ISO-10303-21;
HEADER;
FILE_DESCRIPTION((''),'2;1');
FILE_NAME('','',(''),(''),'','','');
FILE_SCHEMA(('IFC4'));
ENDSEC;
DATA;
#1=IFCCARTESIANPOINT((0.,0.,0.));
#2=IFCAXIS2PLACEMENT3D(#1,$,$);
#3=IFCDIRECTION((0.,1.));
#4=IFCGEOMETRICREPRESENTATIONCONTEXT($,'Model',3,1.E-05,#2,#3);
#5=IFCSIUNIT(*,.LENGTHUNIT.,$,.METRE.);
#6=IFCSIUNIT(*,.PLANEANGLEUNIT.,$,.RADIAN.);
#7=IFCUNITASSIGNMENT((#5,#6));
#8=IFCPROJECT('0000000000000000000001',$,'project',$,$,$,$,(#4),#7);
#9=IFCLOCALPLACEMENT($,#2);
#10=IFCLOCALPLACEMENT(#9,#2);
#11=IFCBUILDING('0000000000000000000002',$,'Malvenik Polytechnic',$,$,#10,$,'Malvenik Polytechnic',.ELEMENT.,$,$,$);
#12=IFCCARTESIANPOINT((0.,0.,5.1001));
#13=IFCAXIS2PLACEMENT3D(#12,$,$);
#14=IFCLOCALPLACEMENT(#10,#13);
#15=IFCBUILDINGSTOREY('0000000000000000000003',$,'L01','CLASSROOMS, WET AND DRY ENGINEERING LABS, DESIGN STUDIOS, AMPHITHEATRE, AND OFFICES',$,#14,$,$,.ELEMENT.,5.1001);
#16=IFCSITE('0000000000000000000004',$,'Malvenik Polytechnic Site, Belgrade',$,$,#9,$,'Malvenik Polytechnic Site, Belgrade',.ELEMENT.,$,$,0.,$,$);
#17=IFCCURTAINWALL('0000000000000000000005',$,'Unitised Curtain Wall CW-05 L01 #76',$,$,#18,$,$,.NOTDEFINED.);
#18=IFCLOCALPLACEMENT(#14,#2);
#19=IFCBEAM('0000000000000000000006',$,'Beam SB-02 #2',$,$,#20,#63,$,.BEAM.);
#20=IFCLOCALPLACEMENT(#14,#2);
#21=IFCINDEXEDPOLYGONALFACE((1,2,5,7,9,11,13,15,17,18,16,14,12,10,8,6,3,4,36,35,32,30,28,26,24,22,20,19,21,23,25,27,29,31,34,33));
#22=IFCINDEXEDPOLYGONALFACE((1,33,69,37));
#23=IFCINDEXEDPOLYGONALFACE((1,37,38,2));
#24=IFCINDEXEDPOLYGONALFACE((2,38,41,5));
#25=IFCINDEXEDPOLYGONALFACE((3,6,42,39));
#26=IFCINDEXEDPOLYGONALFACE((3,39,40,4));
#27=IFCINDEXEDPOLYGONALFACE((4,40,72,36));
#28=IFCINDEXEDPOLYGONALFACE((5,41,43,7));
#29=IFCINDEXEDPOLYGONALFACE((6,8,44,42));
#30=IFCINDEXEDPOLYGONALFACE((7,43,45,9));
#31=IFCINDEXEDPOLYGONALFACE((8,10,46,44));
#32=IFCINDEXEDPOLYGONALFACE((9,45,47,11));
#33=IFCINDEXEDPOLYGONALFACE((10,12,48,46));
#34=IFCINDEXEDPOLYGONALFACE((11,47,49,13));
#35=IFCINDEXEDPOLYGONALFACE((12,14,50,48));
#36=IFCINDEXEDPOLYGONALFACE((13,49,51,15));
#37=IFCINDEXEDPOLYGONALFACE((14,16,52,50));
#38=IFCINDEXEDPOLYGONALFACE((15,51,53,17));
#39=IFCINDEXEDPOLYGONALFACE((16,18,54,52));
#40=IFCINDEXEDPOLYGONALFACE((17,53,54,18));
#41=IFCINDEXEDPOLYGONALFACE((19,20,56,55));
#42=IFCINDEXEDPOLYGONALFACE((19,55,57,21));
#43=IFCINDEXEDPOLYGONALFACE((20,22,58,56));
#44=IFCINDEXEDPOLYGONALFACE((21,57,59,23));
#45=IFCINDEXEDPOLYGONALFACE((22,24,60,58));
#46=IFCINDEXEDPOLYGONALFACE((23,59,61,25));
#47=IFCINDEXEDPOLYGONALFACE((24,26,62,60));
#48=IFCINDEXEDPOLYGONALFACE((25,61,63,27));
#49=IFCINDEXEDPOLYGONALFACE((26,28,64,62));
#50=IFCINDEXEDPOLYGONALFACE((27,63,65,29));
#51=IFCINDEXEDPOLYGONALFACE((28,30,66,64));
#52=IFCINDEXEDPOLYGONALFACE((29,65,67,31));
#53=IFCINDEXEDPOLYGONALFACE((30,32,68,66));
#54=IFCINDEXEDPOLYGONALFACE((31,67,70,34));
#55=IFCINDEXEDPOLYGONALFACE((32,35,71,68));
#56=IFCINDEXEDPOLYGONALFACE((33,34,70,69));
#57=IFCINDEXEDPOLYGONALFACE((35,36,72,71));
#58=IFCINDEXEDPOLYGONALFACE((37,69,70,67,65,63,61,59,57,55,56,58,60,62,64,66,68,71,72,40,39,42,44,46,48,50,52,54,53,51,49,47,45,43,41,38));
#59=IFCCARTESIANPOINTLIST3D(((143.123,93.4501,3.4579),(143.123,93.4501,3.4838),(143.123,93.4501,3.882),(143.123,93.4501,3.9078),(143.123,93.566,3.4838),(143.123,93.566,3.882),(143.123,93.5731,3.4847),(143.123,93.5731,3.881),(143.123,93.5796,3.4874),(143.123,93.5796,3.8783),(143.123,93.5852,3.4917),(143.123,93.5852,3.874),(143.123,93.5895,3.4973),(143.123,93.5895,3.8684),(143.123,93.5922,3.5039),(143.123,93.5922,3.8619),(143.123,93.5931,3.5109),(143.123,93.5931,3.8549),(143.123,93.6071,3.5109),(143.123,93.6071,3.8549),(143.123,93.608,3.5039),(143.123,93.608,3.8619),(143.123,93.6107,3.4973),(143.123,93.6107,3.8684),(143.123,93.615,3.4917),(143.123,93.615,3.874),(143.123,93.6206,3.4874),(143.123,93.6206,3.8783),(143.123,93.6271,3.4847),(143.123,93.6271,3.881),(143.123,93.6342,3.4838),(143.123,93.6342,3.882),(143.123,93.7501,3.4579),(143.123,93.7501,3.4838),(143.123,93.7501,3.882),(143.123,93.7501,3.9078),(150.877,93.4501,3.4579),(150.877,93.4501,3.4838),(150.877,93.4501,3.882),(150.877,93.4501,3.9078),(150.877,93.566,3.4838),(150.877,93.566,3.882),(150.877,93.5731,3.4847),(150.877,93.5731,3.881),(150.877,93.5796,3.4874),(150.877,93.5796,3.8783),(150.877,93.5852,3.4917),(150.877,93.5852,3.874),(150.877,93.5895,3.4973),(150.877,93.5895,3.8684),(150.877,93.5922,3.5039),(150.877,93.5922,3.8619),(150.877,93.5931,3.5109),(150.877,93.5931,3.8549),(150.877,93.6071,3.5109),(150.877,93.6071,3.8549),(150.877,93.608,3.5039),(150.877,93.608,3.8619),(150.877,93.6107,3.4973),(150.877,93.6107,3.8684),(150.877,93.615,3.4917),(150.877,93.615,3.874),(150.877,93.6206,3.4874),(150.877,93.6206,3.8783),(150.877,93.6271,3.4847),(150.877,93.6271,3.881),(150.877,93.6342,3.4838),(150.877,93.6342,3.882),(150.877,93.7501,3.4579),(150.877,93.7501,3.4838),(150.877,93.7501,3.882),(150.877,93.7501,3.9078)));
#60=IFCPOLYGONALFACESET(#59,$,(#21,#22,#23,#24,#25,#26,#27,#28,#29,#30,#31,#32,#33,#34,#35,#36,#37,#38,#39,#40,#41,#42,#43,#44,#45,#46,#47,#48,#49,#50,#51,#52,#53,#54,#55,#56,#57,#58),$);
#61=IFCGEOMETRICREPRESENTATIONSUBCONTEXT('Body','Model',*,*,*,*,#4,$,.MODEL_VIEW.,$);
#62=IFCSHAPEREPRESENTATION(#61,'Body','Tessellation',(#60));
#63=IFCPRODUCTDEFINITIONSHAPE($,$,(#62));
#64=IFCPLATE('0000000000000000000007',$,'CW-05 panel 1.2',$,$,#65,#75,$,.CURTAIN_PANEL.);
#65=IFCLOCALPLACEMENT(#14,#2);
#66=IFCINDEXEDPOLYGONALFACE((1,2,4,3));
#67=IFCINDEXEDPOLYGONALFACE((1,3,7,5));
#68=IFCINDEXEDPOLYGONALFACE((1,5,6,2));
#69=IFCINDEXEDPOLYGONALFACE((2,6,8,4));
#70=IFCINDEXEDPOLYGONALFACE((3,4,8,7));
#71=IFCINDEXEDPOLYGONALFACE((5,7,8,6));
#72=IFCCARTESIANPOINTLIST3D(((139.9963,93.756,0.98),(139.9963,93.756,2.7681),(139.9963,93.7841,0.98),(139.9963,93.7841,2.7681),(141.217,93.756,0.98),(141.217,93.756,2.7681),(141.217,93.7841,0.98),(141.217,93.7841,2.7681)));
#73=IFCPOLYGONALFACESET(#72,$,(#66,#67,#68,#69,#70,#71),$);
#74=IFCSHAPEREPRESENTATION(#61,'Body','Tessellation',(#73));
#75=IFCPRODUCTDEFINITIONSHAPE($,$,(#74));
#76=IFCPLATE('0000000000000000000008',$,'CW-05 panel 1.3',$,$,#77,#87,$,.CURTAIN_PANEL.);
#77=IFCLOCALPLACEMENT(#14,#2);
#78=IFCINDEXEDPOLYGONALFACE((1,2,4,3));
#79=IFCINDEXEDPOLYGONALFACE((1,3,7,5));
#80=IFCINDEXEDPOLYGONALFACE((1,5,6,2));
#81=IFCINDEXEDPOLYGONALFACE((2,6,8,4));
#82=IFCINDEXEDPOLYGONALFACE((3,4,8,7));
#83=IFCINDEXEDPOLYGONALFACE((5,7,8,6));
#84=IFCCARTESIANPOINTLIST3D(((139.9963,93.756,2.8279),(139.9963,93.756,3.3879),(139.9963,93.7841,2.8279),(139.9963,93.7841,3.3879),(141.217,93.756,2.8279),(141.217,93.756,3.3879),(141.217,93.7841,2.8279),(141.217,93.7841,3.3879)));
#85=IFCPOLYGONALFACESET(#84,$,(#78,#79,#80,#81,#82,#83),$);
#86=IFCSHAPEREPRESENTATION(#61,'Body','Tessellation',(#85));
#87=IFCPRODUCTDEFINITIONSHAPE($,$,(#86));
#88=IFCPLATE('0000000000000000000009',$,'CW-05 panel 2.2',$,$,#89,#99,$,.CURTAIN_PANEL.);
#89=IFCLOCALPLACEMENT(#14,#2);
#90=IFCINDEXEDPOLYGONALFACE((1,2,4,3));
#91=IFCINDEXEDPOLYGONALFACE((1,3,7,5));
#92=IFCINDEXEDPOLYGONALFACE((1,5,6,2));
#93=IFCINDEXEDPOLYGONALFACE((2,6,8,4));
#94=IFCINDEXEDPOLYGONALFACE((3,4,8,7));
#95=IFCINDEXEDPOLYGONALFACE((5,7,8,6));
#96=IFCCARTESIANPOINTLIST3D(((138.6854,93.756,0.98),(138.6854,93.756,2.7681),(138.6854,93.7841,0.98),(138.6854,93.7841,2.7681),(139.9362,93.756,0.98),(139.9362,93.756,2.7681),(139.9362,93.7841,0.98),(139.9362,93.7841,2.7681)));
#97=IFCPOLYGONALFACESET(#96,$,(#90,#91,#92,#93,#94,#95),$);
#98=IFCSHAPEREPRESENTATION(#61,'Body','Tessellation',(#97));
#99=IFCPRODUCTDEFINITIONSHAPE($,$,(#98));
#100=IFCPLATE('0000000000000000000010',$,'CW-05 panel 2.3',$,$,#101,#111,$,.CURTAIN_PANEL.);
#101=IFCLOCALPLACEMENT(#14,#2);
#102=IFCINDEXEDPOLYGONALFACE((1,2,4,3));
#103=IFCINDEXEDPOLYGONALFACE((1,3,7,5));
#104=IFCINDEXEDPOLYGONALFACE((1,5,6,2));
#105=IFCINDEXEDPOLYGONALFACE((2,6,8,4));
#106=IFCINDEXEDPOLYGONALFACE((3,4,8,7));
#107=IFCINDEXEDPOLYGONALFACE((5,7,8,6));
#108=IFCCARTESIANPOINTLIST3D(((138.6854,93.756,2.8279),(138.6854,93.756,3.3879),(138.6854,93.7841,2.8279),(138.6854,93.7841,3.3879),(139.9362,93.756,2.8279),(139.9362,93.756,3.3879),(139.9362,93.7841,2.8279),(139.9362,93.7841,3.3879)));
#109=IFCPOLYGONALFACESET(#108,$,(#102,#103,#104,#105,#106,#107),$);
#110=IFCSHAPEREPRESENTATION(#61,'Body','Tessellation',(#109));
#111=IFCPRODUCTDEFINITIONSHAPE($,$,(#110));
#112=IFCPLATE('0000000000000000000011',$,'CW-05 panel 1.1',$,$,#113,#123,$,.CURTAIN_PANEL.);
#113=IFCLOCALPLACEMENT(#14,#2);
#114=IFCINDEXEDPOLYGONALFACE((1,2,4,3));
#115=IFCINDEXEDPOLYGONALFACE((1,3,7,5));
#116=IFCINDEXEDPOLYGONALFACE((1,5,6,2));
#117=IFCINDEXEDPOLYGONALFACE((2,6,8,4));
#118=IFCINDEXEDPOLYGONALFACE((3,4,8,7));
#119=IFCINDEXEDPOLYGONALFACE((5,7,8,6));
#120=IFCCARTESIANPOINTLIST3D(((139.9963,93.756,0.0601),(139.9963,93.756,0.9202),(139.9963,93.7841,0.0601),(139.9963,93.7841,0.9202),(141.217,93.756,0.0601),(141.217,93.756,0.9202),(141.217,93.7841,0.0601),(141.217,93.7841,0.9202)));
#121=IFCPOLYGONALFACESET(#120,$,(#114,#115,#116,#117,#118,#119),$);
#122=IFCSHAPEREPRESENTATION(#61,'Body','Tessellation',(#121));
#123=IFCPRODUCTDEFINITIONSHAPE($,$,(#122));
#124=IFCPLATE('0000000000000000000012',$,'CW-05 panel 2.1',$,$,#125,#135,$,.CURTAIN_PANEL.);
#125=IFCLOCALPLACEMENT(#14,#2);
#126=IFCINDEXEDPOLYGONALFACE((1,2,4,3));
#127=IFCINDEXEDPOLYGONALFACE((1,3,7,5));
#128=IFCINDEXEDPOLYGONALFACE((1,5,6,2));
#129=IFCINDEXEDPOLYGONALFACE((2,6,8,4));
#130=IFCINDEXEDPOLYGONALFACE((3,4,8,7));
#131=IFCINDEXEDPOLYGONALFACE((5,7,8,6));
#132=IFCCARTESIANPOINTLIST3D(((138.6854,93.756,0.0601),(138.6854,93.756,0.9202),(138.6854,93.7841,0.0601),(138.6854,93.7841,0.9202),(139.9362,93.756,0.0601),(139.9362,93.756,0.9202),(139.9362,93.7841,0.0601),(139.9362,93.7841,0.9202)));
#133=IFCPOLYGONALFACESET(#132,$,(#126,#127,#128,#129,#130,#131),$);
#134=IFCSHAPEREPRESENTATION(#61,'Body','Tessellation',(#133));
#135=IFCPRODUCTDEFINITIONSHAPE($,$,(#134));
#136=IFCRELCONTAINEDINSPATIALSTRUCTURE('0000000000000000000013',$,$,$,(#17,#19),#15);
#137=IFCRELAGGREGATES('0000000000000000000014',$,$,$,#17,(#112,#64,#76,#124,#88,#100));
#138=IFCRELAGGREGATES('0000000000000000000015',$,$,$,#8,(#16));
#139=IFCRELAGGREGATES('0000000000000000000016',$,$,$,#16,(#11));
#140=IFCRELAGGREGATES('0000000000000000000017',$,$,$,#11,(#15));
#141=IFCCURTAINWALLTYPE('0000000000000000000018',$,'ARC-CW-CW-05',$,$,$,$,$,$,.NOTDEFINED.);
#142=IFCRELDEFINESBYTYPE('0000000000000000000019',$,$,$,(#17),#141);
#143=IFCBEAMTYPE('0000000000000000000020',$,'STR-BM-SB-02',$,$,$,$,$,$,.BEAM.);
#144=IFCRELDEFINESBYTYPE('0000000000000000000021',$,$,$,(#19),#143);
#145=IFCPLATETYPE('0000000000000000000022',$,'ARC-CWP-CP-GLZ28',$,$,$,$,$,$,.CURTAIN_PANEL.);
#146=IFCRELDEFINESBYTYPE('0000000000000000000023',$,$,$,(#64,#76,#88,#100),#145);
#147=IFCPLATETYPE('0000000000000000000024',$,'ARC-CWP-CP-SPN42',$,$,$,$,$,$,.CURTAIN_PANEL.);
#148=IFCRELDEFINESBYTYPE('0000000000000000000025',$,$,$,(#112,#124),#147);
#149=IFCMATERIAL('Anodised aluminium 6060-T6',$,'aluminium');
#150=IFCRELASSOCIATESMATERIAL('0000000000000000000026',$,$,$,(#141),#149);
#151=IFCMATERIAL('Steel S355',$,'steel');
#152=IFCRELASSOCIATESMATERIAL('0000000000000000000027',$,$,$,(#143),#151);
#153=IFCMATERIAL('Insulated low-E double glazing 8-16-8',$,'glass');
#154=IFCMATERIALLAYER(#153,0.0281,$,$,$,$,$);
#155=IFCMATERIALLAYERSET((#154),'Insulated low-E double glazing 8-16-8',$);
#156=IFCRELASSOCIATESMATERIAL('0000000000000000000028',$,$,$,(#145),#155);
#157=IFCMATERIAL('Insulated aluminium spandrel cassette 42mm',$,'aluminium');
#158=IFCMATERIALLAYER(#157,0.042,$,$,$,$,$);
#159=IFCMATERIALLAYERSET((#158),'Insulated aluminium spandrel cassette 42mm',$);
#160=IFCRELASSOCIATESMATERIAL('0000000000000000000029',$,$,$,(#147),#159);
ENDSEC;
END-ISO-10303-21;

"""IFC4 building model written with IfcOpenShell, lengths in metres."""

from ifc_helpers import new_model, si_unit, direction, frame, origin, origin_2d, place, context, subcontext, project, spatial, rectangle, i_section, extrude, material, layer, layer_set, material_profile, profile_set, type_object, element, aggregate, save


model = new_model("IFC4")

# Units and contexts
model_context = context("Model", 3, precision=1e-05, world=origin(), true_north=direction((0.0, 1.0)))
body_context = subcontext(model_context, "Body", "Model", "MODEL_VIEW")
ifc_project = project(units=[si_unit("LENGTHUNIT", "METRE"), si_unit("PLANEANGLEUNIT", "RADIAN")], contexts=[model_context])

# Site, building, storey
site_placement = place(None, origin())
site = spatial("IfcSite", under=ifc_project, at=site_placement, Name="Malvenik Polytechnic Site, Belgrade", LongName="Malvenik Polytechnic Site, Belgrade", CompositionType="ELEMENT", RefElevation=0.0)
building_placement = place(site_placement, origin())
building = spatial("IfcBuilding", under=site, at=building_placement, Name="Malvenik Polytechnic", LongName="Malvenik Polytechnic", CompositionType="ELEMENT")
storey_placement = place(building_placement, frame((0.0, 0.0, 5.1001)))
storey = spatial("IfcBuildingStorey", under=building, at=storey_placement, Name="L01", Description="CLASSROOMS, WET AND DRY ENGINEERING LABS, DESIGN STUDIOS, AMPHITHEATRE, AND OFFICES", CompositionType="ELEMENT", Elevation=5.1001)

# Curtain wall
ifc_material_1 = material(Name="Anodised aluminium 6060-T6", Category="aluminium")
curtain_wall_type = type_object("IfcCurtainWallType", Name="ARC-CW-CW-05", PredefinedType="NOTDEFINED", material=ifc_material_1)
curtain_wall_placement = place(storey_placement, origin())
curtain_wall = element("IfcCurtainWall", 1, at=curtain_wall_placement, inside=storey, type_object=curtain_wall_type, Name="Unitised Curtain Wall CW-05 L01 #76", PredefinedType="NOTDEFINED")

# Beam
ifc_material_2 = material(Name="Steel S355", Category="steel")
ifc_material_profile_1 = material_profile(ifc_material_2, i_section(OverallWidth=0.3, OverallDepth=0.45, WebThickness=0.0139, FlangeThickness=0.0259, FilletRadius=0.0271, at=origin_2d()), Name="HEB 450")
ifc_profile_set_1 = profile_set([ifc_material_profile_1], Name="Steel S355")
beam_type = type_object("IfcBeamType", Name="STR-BM-SB-02", PredefinedType="BEAM", material=ifc_profile_set_1)
beam_placement = place(storey_placement, frame((143.123, 93.6001, 3.6829), z_axis=(1.0, 0.0, 0.0), x_axis=(0.0, 1.0, 0.0)))
element("IfcBeam", 2, at=beam_placement, inside=storey, type_object=beam_type, Name="Beam SB-02 #2", PredefinedType="BEAM", context=body_context, shape_type="SweptSolid", body=[
    extrude(i_section(OverallWidth=0.3, OverallDepth=0.45, WebThickness=0.0139, FlangeThickness=0.0259, FilletRadius=0.0271, at=origin_2d()), origin(), (0.0, 0.0, 1.0), 7.7539),
])

# Plates
ifc_material_3 = material(Name="Insulated low-E double glazing 8-16-8", Category="glass")
ifc_layer_1 = layer(ifc_material_3, 0.0281)
ifc_layer_set_1 = layer_set([ifc_layer_1], Name="Insulated low-E double glazing 8-16-8")
plate_type_1 = type_object("IfcPlateType", Name="ARC-CWP-CP-GLZ28", PredefinedType="CURTAIN_PANEL", material=ifc_layer_set_1)
plate_1_placement = place(storey_placement, frame((140.6067, 93.77, 0.98), z_axis=(0.0, 0.0, 1.0), x_axis=(-1.0, 0.0, 0.0)))
plate_1 = element("IfcPlate", 3, at=plate_1_placement, type_object=plate_type_1, Name="CW-05 panel 1.2", PredefinedType="CURTAIN_PANEL", context=body_context, shape_type="SweptSolid", body=[
    extrude(rectangle(XDim=1.2207, YDim=0.0281, at=origin_2d()), origin(), (0.0, 0.0, 1.0), 1.7881),
])
plate_2_placement = place(storey_placement, frame((140.6067, 93.77, 2.8279), z_axis=(0.0, 0.0, 1.0), x_axis=(-1.0, 0.0, 0.0)))
plate_2 = element("IfcPlate", 4, at=plate_2_placement, type_object=plate_type_1, Name="CW-05 panel 1.3", PredefinedType="CURTAIN_PANEL", context=body_context, shape_type="SweptSolid", body=[
    extrude(rectangle(XDim=1.2207, YDim=0.0281, at=origin_2d()), origin(), (0.0, 0.0, 1.0), 0.5601),
])
plate_3_placement = place(storey_placement, frame((139.3108, 93.77, 0.98), z_axis=(0.0, 0.0, 1.0), x_axis=(-1.0, 0.0, 0.0)))
plate_3 = element("IfcPlate", 5, at=plate_3_placement, type_object=plate_type_1, Name="CW-05 panel 2.2", PredefinedType="CURTAIN_PANEL", context=body_context, shape_type="SweptSolid", body=[
    extrude(rectangle(XDim=1.2507, YDim=0.0281, at=origin_2d()), origin(), (0.0, 0.0, 1.0), 1.7881),
])
plate_4_placement = place(storey_placement, frame((139.3108, 93.77, 2.8279), z_axis=(0.0, 0.0, 1.0), x_axis=(-1.0, 0.0, 0.0)))
plate_4 = element("IfcPlate", 6, at=plate_4_placement, type_object=plate_type_1, Name="CW-05 panel 2.3", PredefinedType="CURTAIN_PANEL", context=body_context, shape_type="SweptSolid", body=[
    extrude(rectangle(XDim=1.2507, YDim=0.0281, at=origin_2d()), origin(), (0.0, 0.0, 1.0), 0.5601),
])
ifc_material_4 = material(Name="Insulated aluminium spandrel cassette 42mm", Category="aluminium")
ifc_layer_2 = layer(ifc_material_4, 0.042)
ifc_layer_set_2 = layer_set([ifc_layer_2], Name="Insulated aluminium spandrel cassette 42mm")
plate_type_2 = type_object("IfcPlateType", Name="ARC-CWP-CP-SPN42", PredefinedType="CURTAIN_PANEL", material=ifc_layer_set_2)
plate_5_placement = place(storey_placement, frame((140.6067, 93.77, 0.0601), z_axis=(0.0, 0.0, 1.0), x_axis=(-1.0, 0.0, 0.0)))
plate_5 = element("IfcPlate", 7, at=plate_5_placement, type_object=plate_type_2, Name="CW-05 panel 1.1", PredefinedType="CURTAIN_PANEL", context=body_context, shape_type="SweptSolid", body=[
    extrude(rectangle(XDim=1.2207, YDim=0.0281, at=origin_2d()), origin(), (0.0, 0.0, 1.0), 0.8601),
])
plate_6_placement = place(storey_placement, frame((139.3108, 93.77, 0.0601), z_axis=(0.0, 0.0, 1.0), x_axis=(-1.0, 0.0, 0.0)))
plate_6 = element("IfcPlate", 8, at=plate_6_placement, type_object=plate_type_2, Name="CW-05 panel 2.1", PredefinedType="CURTAIN_PANEL", context=body_context, shape_type="SweptSolid", body=[
    extrude(rectangle(XDim=1.2507, YDim=0.0281, at=origin_2d()), origin(), (0.0, 0.0, 1.0), 0.8601),
])
aggregate(curtain_wall, [plate_5, plate_1, plate_2, plate_6, plate_3, plate_4])

save(model, "model.ifc")
